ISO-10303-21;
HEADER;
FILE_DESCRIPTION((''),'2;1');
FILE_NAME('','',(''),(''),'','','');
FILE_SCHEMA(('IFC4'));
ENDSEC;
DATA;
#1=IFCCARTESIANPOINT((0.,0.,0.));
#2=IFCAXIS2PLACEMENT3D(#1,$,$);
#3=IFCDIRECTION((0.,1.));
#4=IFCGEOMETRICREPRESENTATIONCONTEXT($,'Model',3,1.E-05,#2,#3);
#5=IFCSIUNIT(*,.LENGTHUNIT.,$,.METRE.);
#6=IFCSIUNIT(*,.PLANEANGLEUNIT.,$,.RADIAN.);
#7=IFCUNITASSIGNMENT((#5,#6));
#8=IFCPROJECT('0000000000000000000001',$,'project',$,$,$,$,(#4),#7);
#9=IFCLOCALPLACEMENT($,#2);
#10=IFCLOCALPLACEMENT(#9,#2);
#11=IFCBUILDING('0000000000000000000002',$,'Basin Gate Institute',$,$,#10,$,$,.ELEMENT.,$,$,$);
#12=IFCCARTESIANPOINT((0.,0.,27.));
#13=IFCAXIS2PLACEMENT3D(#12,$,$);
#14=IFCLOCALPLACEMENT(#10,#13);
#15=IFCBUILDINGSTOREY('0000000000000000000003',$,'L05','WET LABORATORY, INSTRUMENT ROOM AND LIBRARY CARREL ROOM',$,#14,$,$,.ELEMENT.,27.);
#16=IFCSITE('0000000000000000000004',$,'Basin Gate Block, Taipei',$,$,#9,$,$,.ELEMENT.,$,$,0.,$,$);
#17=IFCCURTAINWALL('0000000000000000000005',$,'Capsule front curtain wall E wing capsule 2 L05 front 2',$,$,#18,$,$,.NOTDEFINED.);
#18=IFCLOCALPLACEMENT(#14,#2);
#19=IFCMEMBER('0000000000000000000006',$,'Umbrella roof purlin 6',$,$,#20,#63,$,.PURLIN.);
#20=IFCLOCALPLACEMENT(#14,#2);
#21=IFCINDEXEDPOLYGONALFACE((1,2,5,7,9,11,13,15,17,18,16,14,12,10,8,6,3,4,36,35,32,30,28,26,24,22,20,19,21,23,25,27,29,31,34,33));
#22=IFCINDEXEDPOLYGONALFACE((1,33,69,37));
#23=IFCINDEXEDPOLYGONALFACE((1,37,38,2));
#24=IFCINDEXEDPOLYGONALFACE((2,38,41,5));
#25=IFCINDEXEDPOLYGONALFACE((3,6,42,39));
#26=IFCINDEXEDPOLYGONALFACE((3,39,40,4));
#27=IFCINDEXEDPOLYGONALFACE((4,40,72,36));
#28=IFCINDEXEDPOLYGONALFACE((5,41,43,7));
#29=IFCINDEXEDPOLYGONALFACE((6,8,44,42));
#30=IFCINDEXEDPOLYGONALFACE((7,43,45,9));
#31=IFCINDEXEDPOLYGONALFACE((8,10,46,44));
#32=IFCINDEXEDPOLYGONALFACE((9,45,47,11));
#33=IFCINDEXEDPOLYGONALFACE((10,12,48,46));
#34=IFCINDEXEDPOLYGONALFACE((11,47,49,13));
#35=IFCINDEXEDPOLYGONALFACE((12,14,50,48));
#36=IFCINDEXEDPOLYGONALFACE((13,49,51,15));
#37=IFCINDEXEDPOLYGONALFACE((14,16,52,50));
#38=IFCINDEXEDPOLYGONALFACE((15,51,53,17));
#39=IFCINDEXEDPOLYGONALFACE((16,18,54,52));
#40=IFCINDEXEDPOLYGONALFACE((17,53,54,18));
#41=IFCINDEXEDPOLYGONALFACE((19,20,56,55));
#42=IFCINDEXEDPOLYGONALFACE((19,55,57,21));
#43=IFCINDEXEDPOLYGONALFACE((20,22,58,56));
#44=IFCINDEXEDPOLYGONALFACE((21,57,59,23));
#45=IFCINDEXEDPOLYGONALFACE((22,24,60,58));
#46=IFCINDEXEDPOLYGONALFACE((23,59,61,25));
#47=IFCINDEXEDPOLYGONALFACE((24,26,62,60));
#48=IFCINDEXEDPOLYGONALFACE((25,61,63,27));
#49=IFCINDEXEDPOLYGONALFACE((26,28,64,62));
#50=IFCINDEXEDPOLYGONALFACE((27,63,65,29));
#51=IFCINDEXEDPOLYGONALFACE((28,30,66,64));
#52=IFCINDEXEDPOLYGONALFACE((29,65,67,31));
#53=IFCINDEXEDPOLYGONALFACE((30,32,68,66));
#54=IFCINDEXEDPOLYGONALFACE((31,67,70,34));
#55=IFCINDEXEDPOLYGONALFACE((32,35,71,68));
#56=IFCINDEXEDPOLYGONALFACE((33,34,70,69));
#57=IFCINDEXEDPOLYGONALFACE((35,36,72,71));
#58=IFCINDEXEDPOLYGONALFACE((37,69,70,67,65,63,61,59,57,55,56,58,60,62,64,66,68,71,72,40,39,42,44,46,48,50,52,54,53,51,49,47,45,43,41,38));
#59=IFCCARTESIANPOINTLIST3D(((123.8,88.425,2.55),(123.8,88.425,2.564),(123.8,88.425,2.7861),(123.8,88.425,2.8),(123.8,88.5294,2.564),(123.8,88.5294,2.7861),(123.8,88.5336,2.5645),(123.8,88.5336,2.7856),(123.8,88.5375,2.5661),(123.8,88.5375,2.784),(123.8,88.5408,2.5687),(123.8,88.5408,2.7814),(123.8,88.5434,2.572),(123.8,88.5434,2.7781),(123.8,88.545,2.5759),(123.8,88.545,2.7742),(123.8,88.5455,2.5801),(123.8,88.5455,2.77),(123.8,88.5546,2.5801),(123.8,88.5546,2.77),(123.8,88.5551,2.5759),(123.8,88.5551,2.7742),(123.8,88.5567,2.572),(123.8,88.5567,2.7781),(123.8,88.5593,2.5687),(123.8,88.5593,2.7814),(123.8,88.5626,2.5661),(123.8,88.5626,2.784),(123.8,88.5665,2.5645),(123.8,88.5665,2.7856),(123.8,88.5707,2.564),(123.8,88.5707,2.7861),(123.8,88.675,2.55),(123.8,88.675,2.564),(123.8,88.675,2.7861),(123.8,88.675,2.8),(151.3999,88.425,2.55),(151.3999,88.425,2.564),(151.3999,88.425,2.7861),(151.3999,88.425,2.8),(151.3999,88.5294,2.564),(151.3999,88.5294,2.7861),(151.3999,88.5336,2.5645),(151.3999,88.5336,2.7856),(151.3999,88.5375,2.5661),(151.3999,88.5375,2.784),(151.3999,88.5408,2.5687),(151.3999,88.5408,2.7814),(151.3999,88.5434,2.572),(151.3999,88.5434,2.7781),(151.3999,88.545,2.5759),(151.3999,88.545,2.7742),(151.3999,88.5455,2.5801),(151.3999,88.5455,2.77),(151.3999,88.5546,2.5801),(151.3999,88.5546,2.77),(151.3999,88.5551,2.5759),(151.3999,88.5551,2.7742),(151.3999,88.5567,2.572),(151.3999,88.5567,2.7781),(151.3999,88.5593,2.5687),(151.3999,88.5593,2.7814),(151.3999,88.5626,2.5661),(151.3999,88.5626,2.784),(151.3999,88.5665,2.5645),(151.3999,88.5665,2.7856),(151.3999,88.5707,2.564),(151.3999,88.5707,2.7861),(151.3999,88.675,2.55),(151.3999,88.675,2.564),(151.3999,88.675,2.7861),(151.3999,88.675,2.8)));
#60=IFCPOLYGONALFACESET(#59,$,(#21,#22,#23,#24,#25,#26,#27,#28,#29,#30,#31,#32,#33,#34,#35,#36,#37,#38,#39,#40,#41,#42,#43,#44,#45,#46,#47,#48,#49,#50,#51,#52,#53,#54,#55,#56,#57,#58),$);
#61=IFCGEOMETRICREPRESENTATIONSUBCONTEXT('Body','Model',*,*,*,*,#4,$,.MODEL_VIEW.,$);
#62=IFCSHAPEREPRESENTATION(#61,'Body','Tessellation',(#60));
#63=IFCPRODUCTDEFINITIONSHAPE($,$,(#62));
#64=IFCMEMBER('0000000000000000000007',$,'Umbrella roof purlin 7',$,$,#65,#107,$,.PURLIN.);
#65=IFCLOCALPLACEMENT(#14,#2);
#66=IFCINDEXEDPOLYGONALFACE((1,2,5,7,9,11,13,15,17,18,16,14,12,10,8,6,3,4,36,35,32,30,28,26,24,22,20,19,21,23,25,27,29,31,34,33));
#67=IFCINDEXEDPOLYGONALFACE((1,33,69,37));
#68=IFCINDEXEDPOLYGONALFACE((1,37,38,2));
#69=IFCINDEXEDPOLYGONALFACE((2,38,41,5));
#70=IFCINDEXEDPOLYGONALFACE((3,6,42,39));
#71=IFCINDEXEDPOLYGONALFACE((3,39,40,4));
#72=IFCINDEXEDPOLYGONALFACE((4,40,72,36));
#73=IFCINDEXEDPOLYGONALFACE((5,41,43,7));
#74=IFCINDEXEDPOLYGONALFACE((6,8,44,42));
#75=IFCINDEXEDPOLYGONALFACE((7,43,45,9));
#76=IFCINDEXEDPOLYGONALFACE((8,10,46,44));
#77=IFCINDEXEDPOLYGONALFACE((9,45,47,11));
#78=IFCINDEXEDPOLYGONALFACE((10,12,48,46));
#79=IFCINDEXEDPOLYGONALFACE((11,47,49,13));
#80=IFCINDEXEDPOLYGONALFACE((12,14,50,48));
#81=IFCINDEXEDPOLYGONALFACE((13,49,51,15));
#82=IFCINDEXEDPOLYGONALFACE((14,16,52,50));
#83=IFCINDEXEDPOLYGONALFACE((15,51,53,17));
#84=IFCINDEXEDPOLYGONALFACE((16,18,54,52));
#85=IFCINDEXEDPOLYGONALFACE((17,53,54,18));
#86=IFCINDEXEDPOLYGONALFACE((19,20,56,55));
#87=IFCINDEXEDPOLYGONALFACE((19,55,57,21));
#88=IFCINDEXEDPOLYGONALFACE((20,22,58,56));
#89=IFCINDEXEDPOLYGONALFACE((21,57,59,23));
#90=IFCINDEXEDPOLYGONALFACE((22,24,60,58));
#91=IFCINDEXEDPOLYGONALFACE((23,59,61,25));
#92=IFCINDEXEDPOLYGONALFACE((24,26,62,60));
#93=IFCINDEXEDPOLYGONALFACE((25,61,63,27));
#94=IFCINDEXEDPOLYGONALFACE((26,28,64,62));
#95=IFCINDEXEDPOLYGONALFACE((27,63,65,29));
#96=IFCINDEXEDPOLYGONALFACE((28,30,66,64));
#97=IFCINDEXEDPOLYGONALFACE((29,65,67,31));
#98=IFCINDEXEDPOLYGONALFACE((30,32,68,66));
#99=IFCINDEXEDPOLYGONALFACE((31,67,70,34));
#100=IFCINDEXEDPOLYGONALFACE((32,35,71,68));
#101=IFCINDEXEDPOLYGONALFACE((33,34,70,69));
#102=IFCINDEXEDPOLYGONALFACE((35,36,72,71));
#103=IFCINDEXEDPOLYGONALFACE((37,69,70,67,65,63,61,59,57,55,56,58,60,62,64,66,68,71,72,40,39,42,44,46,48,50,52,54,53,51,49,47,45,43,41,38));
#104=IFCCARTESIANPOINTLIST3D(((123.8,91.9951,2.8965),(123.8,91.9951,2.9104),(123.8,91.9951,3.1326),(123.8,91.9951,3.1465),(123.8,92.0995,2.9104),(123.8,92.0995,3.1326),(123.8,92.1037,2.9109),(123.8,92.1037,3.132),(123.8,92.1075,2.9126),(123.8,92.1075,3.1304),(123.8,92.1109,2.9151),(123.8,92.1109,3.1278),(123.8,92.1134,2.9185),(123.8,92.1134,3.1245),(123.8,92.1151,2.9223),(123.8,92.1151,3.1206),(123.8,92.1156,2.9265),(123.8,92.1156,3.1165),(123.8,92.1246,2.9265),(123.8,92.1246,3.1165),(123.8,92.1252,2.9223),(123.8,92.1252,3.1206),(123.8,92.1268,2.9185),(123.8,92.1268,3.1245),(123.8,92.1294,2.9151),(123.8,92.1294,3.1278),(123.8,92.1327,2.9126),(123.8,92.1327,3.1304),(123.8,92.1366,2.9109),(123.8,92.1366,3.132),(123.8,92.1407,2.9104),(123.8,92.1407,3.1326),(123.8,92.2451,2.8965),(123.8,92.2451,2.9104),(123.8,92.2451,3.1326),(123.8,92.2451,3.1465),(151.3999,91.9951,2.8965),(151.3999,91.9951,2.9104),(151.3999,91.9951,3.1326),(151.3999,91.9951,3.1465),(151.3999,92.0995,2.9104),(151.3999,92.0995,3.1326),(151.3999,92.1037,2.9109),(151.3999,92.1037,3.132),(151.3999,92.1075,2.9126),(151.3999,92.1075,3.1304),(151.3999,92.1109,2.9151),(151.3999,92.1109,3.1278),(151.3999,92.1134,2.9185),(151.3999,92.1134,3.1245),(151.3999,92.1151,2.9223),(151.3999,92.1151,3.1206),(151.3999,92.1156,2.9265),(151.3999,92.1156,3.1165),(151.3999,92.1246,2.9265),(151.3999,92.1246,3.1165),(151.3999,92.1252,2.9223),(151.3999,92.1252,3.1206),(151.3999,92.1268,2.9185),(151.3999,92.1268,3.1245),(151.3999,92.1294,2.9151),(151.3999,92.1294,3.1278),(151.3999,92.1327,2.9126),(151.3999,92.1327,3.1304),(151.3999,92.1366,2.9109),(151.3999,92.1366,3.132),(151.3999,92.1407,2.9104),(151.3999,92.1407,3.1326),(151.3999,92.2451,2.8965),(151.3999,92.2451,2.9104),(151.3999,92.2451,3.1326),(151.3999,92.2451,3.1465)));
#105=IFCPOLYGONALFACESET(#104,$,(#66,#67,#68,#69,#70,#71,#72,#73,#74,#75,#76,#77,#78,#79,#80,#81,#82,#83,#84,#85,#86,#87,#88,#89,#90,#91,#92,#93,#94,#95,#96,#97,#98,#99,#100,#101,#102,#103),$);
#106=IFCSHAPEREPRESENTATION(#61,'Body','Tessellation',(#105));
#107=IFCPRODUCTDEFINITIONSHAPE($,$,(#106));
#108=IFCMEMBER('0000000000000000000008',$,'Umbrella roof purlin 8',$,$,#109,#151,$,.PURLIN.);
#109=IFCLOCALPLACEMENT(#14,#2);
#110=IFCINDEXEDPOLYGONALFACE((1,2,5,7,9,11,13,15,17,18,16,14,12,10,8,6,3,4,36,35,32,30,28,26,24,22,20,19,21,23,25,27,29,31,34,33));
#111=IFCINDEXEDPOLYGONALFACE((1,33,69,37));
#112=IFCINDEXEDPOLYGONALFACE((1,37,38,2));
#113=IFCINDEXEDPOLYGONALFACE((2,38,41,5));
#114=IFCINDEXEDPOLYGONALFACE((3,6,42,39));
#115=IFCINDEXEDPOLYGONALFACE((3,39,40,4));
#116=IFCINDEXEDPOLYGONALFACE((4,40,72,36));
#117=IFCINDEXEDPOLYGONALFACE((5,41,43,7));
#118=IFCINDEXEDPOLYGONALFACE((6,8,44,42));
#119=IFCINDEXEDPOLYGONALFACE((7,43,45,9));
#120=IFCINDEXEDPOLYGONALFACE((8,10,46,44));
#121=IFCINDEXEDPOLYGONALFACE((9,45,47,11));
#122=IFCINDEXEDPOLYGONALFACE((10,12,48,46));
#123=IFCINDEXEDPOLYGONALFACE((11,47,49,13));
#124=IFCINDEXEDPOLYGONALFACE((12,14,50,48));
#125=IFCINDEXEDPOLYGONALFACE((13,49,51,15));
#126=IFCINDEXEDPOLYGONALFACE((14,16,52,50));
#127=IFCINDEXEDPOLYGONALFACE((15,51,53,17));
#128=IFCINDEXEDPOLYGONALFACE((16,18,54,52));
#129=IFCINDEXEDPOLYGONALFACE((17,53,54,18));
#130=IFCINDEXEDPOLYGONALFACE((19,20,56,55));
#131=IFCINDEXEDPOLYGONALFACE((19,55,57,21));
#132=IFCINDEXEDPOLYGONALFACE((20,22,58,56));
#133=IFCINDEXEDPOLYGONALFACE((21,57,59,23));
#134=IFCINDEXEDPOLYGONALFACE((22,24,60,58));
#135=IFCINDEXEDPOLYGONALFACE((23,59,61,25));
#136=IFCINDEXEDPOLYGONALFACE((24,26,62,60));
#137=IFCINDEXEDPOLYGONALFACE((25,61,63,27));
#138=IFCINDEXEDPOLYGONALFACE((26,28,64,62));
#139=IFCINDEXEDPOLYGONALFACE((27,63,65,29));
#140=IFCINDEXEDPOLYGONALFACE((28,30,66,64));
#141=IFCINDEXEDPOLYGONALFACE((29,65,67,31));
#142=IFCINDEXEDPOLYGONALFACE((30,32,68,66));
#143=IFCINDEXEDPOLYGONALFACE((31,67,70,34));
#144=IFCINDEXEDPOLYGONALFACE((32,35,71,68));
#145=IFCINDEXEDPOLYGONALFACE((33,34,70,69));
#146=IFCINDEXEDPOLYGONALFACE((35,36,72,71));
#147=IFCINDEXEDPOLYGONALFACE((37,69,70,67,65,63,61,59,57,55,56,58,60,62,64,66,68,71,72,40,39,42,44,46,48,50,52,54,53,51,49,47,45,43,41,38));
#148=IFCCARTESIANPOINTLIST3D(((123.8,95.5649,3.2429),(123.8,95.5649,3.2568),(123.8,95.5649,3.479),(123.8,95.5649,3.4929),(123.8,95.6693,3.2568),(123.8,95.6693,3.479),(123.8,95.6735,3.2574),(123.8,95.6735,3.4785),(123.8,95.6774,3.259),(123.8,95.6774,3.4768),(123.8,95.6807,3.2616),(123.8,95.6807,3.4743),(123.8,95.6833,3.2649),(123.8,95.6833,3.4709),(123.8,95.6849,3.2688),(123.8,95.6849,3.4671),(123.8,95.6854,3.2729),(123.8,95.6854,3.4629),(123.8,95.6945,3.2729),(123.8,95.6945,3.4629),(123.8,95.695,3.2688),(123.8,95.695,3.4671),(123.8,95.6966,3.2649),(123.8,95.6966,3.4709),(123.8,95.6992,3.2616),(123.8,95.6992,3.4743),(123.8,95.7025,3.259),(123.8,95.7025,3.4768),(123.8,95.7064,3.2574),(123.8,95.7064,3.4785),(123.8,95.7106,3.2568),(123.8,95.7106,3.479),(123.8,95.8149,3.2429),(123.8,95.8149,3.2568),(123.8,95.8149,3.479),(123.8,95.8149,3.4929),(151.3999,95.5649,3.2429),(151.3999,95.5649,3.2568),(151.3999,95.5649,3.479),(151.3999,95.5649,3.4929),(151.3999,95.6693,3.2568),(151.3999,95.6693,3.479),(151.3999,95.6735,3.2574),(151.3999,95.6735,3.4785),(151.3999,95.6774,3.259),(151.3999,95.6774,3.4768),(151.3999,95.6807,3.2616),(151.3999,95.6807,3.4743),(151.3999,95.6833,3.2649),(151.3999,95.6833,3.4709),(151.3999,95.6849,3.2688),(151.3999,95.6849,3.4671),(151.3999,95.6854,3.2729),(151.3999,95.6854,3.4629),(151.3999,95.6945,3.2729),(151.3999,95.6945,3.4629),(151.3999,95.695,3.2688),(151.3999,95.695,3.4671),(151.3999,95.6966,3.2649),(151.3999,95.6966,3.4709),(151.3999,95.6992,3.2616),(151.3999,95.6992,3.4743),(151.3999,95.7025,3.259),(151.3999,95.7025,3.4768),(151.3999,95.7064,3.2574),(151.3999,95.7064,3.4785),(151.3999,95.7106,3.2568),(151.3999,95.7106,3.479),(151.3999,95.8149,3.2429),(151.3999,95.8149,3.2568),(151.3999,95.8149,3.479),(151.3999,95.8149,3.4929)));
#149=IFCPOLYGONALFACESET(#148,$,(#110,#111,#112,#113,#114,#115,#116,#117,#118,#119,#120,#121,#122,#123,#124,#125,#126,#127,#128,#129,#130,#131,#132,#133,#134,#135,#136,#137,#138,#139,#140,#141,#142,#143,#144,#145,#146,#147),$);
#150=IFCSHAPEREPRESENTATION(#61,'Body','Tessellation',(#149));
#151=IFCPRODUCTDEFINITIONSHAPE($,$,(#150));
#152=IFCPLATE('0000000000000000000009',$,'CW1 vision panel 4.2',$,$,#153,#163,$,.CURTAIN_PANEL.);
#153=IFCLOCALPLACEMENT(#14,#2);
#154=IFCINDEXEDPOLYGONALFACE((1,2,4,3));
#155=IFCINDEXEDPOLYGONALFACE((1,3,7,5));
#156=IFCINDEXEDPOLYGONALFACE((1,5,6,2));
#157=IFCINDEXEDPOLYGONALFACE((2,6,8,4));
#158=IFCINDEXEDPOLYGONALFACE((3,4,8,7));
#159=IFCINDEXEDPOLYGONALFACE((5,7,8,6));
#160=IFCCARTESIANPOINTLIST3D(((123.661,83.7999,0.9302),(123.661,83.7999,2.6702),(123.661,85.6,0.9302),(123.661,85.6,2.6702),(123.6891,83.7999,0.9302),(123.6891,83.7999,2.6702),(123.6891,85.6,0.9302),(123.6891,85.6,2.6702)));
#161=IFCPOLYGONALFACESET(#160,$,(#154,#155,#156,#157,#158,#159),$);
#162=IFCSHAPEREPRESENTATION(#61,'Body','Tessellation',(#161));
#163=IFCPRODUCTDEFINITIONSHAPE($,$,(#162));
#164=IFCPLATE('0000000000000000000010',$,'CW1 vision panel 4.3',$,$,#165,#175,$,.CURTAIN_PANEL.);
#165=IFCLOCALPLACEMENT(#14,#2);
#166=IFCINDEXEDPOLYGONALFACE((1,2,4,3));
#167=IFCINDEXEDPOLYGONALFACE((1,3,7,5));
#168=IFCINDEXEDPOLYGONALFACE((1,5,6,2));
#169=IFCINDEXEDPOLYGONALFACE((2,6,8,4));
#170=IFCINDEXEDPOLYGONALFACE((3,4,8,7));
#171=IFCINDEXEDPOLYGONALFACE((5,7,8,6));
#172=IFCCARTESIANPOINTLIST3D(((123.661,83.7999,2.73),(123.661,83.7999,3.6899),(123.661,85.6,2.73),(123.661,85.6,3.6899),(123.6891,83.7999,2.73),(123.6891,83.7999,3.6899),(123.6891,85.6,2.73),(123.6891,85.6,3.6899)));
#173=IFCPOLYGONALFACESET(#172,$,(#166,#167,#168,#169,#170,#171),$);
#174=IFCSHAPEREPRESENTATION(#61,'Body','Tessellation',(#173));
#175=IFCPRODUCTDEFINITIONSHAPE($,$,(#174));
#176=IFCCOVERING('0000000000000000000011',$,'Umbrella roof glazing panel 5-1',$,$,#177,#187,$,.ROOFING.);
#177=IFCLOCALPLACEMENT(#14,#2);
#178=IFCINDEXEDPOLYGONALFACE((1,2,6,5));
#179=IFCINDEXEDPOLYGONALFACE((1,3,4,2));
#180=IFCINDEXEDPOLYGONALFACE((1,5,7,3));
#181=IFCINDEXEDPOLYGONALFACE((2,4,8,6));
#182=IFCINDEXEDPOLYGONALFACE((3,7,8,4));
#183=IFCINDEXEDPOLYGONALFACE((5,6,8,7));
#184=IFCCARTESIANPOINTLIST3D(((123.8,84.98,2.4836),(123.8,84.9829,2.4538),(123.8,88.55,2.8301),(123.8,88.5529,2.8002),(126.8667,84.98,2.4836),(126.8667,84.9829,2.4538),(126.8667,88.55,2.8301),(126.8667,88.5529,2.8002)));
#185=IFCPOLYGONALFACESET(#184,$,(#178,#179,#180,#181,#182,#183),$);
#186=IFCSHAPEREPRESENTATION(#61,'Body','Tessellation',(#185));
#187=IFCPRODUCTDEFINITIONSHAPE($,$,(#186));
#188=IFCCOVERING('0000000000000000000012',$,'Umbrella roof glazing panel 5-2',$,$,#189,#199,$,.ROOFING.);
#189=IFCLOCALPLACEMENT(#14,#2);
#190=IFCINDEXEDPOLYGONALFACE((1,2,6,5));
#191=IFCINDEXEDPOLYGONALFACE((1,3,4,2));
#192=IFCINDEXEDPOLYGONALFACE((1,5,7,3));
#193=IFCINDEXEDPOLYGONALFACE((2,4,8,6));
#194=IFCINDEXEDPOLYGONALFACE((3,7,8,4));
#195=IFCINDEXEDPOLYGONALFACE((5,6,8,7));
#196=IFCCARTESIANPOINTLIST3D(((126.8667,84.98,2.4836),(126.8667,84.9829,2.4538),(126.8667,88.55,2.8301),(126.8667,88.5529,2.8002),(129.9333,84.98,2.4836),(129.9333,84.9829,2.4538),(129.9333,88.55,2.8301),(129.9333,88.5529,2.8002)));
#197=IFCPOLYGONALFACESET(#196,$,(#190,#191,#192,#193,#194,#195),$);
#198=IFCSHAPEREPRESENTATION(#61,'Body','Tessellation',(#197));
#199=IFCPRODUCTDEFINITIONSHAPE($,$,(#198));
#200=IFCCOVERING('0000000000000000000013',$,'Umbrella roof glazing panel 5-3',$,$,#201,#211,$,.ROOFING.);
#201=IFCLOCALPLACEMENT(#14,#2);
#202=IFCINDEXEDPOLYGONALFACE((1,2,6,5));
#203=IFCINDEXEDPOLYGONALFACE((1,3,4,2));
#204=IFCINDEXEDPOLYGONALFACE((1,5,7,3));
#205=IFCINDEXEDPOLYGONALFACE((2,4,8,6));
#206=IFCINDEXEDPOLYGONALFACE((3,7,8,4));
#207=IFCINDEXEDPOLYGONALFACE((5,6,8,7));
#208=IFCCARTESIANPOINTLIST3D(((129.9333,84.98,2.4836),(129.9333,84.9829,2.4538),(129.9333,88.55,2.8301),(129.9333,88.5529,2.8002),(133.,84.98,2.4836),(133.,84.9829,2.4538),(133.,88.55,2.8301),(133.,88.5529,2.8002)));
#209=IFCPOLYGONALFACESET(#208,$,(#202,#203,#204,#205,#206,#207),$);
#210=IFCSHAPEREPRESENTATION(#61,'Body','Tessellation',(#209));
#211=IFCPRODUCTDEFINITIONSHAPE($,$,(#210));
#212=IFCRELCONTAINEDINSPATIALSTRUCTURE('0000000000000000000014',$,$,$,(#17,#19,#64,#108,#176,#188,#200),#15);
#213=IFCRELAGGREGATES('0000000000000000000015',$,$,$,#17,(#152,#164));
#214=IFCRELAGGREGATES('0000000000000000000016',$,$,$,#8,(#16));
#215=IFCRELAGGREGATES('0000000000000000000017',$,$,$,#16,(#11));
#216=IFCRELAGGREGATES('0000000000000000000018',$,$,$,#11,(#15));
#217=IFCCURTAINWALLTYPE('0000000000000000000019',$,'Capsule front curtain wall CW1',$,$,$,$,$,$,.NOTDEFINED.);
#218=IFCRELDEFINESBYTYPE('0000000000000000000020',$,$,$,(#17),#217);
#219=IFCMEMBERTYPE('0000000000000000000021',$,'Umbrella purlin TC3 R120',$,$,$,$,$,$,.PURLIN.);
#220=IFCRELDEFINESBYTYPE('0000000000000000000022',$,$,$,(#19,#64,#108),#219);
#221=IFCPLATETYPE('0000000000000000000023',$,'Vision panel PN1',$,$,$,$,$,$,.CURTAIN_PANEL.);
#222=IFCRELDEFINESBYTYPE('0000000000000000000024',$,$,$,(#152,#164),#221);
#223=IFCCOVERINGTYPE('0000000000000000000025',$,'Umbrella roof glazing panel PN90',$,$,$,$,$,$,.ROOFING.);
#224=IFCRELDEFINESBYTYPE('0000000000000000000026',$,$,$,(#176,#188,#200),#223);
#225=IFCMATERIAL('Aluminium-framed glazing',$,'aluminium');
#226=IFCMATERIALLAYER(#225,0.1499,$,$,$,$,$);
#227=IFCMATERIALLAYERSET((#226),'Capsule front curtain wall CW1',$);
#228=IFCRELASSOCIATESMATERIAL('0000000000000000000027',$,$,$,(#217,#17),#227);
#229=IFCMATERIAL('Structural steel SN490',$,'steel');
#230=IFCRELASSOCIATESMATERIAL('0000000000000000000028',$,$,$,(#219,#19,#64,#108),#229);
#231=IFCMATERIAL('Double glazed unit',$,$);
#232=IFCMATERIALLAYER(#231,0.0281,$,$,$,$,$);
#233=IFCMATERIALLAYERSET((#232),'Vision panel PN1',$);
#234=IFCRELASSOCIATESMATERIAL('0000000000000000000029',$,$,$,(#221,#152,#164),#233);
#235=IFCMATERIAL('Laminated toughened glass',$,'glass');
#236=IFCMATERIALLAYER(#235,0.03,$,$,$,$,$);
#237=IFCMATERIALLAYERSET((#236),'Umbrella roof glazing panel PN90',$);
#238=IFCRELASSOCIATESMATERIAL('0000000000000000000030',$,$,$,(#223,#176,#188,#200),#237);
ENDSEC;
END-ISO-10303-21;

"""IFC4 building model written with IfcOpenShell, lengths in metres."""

from ifc_helpers import new_model, si_unit, direction, frame, origin, origin_2d, place, context, subcontext, project, spatial, polyline, rectangle, i_section, outline, extrude, material, layer, layer_set, material_profile, profile_set, type_object, element, aggregate, save


model = new_model("IFC4")

# Units and contexts
model_context = context("Model", 3, precision=1e-05, world=origin(), true_north=direction((0.0, 1.0)))
body_context = subcontext(model_context, "Body", "Model", "MODEL_VIEW")
ifc_project = project(units=[si_unit("LENGTHUNIT", "METRE"), si_unit("PLANEANGLEUNIT", "RADIAN")], contexts=[model_context])

# Site, building, storey
site_placement = place(None, origin())
site = spatial("IfcSite", under=ifc_project, at=site_placement, Name="Basin Gate Block, Taipei", CompositionType="ELEMENT", RefElevation=0.0)
building_placement = place(site_placement, origin())
building = spatial("IfcBuilding", under=site, at=building_placement, Name="Basin Gate Institute", CompositionType="ELEMENT")
storey_placement = place(building_placement, frame((0.0, 0.0, 27.0)))
storey = spatial("IfcBuildingStorey", under=building, at=storey_placement, Name="L05", Description="WET LABORATORY, INSTRUMENT ROOM AND LIBRARY CARREL ROOM", CompositionType="ELEMENT", Elevation=27.0)

# Curtain wall
ifc_material_1 = material(Name="Aluminium-framed glazing", Category="aluminium")
ifc_layer_1 = layer(ifc_material_1, 0.1499)
ifc_layer_set_1 = layer_set([ifc_layer_1], Name="Capsule front curtain wall CW1")
curtain_wall_type = type_object("IfcCurtainWallType", Name="Capsule front curtain wall CW1", PredefinedType="NOTDEFINED", material=ifc_layer_set_1)
curtain_wall_placement = place(storey_placement, origin())
curtain_wall = element("IfcCurtainWall", 1, at=curtain_wall_placement, inside=storey, type_object=curtain_wall_type, material=ifc_layer_set_1, Name="Capsule front curtain wall E wing capsule 2 L05 front 2", PredefinedType="NOTDEFINED")

# Members
ifc_material_2 = material(Name="Structural steel SN490", Category="steel")
ifc_material_profile_1 = material_profile(ifc_material_2, i_section(OverallWidth=0.25, OverallDepth=0.25, WebThickness=0.009, FlangeThickness=0.0139, FilletRadius=0.0161, at=origin_2d()), Name="H250x250")
ifc_profile_set_1 = profile_set([ifc_material_profile_1], Name="Structural steel SN490")
member_type_1 = type_object("IfcMemberType", Name="Umbrella purlin TC3 R120", PredefinedType="PURLIN", material=ifc_profile_set_1)
for number, where, z_axis, x_axis, name in (
    (2, (123.8, 88.55, 2.675), (1.0, 0.0, 0.0), (0.0, 1.0, 0.0), "Umbrella roof purlin 6"),
    (3, (123.8, 92.1201, 3.0215), (1.0, 0.0, 0.0), (0.0, 1.0, 0.0), "Umbrella roof purlin 7"),
    (4, (123.8, 95.6899, 3.3679), (1.0, 0.0, 0.0), (0.0, 1.0, 0.0), "Umbrella roof purlin 8"),
):
    element("IfcMember", number, at=place(storey_placement, frame(where, z_axis=z_axis, x_axis=x_axis)), inside=storey, type_object=member_type_1, material=ifc_profile_set_1, Name=name, PredefinedType="PURLIN", context=body_context, shape_type="SweptSolid", body=[
        extrude(i_section(OverallWidth=0.25, OverallDepth=0.25, WebThickness=0.009, FlangeThickness=0.0139, FilletRadius=0.0161, at=origin_2d()), origin(), (0.0, 0.0, 1.0), 27.5999),
    ])

# Plates
ifc_material_3 = material(Name="Double glazed unit")
ifc_layer_2 = layer(ifc_material_3, 0.0281)
ifc_layer_set_2 = layer_set([ifc_layer_2], Name="Vision panel PN1")
plate_type = type_object("IfcPlateType", Name="Vision panel PN1", PredefinedType="CURTAIN_PANEL", material=ifc_layer_set_2)
plate_1_placement = place(storey_placement, frame((123.675, 84.7, 0.9302), z_axis=(0.0, 0.0, 1.0), x_axis=(0.0, 1.0, 0.0)))
plate_1 = element("IfcPlate", 5, at=plate_1_placement, type_object=plate_type, material=ifc_layer_set_2, Name="CW1 vision panel 4.2", PredefinedType="CURTAIN_PANEL", context=body_context, shape_type="SweptSolid", body=[
    extrude(rectangle(XDim=1.8, YDim=0.0281, at=origin_2d()), origin(), (0.0, 0.0, 1.0), 1.74),
])
plate_2_placement = place(storey_placement, frame((123.675, 84.7, 2.73), z_axis=(0.0, 0.0, 1.0), x_axis=(0.0, 1.0, 0.0)))
plate_2 = element("IfcPlate", 6, at=plate_2_placement, type_object=plate_type, material=ifc_layer_set_2, Name="CW1 vision panel 4.3", PredefinedType="CURTAIN_PANEL", context=body_context, shape_type="SweptSolid", body=[
    extrude(rectangle(XDim=1.8, YDim=0.0281, at=origin_2d()), origin(), (0.0, 0.0, 1.0), 0.96),
])
aggregate(curtain_wall, [plate_1, plate_2])

# Coverings
ifc_material_4 = material(Name="Laminated toughened glass", Category="glass")
ifc_layer_3 = layer(ifc_material_4, 0.03)
ifc_layer_set_3 = layer_set([ifc_layer_3], Name="Umbrella roof glazing panel PN90")
covering_type = type_object("IfcCoveringType", Name="Umbrella roof glazing panel PN90", PredefinedType="ROOFING", material=ifc_layer_set_3)
for number, where, z_axis, x_axis, name in (
    (7, (123.8, 84.98, 2.4836), (0.0, -0.096585, 0.995325), (1.0, 0.0, 0.0), "Umbrella roof glazing panel 5-1"),
    (8, (126.8667, 84.98, 2.4836), (0.0, -0.096585, 0.995325), (1.0, 0.0, 0.0), "Umbrella roof glazing panel 5-2"),
    (9, (129.9333, 84.98, 2.4836), (0.0, -0.096585, 0.995325), (1.0, 0.0, 0.0), "Umbrella roof glazing panel 5-3"),
):
    element("IfcCovering", number, at=place(storey_placement, frame(where, z_axis=z_axis, x_axis=x_axis)), inside=storey, type_object=covering_type, material=ifc_layer_set_3, Name=name, PredefinedType="ROOFING", context=body_context, shape_type="SweptSolid", body=[
        extrude(outline(polyline([(0.0, 0.0), (3.0667, 0.0), (3.0667, 3.5868), (0.0, 3.5868), (0.0, 0.0)])), origin(), (0.0, 0.0, -1.0), 0.03),
    ])

save(model, "model.ifc")
